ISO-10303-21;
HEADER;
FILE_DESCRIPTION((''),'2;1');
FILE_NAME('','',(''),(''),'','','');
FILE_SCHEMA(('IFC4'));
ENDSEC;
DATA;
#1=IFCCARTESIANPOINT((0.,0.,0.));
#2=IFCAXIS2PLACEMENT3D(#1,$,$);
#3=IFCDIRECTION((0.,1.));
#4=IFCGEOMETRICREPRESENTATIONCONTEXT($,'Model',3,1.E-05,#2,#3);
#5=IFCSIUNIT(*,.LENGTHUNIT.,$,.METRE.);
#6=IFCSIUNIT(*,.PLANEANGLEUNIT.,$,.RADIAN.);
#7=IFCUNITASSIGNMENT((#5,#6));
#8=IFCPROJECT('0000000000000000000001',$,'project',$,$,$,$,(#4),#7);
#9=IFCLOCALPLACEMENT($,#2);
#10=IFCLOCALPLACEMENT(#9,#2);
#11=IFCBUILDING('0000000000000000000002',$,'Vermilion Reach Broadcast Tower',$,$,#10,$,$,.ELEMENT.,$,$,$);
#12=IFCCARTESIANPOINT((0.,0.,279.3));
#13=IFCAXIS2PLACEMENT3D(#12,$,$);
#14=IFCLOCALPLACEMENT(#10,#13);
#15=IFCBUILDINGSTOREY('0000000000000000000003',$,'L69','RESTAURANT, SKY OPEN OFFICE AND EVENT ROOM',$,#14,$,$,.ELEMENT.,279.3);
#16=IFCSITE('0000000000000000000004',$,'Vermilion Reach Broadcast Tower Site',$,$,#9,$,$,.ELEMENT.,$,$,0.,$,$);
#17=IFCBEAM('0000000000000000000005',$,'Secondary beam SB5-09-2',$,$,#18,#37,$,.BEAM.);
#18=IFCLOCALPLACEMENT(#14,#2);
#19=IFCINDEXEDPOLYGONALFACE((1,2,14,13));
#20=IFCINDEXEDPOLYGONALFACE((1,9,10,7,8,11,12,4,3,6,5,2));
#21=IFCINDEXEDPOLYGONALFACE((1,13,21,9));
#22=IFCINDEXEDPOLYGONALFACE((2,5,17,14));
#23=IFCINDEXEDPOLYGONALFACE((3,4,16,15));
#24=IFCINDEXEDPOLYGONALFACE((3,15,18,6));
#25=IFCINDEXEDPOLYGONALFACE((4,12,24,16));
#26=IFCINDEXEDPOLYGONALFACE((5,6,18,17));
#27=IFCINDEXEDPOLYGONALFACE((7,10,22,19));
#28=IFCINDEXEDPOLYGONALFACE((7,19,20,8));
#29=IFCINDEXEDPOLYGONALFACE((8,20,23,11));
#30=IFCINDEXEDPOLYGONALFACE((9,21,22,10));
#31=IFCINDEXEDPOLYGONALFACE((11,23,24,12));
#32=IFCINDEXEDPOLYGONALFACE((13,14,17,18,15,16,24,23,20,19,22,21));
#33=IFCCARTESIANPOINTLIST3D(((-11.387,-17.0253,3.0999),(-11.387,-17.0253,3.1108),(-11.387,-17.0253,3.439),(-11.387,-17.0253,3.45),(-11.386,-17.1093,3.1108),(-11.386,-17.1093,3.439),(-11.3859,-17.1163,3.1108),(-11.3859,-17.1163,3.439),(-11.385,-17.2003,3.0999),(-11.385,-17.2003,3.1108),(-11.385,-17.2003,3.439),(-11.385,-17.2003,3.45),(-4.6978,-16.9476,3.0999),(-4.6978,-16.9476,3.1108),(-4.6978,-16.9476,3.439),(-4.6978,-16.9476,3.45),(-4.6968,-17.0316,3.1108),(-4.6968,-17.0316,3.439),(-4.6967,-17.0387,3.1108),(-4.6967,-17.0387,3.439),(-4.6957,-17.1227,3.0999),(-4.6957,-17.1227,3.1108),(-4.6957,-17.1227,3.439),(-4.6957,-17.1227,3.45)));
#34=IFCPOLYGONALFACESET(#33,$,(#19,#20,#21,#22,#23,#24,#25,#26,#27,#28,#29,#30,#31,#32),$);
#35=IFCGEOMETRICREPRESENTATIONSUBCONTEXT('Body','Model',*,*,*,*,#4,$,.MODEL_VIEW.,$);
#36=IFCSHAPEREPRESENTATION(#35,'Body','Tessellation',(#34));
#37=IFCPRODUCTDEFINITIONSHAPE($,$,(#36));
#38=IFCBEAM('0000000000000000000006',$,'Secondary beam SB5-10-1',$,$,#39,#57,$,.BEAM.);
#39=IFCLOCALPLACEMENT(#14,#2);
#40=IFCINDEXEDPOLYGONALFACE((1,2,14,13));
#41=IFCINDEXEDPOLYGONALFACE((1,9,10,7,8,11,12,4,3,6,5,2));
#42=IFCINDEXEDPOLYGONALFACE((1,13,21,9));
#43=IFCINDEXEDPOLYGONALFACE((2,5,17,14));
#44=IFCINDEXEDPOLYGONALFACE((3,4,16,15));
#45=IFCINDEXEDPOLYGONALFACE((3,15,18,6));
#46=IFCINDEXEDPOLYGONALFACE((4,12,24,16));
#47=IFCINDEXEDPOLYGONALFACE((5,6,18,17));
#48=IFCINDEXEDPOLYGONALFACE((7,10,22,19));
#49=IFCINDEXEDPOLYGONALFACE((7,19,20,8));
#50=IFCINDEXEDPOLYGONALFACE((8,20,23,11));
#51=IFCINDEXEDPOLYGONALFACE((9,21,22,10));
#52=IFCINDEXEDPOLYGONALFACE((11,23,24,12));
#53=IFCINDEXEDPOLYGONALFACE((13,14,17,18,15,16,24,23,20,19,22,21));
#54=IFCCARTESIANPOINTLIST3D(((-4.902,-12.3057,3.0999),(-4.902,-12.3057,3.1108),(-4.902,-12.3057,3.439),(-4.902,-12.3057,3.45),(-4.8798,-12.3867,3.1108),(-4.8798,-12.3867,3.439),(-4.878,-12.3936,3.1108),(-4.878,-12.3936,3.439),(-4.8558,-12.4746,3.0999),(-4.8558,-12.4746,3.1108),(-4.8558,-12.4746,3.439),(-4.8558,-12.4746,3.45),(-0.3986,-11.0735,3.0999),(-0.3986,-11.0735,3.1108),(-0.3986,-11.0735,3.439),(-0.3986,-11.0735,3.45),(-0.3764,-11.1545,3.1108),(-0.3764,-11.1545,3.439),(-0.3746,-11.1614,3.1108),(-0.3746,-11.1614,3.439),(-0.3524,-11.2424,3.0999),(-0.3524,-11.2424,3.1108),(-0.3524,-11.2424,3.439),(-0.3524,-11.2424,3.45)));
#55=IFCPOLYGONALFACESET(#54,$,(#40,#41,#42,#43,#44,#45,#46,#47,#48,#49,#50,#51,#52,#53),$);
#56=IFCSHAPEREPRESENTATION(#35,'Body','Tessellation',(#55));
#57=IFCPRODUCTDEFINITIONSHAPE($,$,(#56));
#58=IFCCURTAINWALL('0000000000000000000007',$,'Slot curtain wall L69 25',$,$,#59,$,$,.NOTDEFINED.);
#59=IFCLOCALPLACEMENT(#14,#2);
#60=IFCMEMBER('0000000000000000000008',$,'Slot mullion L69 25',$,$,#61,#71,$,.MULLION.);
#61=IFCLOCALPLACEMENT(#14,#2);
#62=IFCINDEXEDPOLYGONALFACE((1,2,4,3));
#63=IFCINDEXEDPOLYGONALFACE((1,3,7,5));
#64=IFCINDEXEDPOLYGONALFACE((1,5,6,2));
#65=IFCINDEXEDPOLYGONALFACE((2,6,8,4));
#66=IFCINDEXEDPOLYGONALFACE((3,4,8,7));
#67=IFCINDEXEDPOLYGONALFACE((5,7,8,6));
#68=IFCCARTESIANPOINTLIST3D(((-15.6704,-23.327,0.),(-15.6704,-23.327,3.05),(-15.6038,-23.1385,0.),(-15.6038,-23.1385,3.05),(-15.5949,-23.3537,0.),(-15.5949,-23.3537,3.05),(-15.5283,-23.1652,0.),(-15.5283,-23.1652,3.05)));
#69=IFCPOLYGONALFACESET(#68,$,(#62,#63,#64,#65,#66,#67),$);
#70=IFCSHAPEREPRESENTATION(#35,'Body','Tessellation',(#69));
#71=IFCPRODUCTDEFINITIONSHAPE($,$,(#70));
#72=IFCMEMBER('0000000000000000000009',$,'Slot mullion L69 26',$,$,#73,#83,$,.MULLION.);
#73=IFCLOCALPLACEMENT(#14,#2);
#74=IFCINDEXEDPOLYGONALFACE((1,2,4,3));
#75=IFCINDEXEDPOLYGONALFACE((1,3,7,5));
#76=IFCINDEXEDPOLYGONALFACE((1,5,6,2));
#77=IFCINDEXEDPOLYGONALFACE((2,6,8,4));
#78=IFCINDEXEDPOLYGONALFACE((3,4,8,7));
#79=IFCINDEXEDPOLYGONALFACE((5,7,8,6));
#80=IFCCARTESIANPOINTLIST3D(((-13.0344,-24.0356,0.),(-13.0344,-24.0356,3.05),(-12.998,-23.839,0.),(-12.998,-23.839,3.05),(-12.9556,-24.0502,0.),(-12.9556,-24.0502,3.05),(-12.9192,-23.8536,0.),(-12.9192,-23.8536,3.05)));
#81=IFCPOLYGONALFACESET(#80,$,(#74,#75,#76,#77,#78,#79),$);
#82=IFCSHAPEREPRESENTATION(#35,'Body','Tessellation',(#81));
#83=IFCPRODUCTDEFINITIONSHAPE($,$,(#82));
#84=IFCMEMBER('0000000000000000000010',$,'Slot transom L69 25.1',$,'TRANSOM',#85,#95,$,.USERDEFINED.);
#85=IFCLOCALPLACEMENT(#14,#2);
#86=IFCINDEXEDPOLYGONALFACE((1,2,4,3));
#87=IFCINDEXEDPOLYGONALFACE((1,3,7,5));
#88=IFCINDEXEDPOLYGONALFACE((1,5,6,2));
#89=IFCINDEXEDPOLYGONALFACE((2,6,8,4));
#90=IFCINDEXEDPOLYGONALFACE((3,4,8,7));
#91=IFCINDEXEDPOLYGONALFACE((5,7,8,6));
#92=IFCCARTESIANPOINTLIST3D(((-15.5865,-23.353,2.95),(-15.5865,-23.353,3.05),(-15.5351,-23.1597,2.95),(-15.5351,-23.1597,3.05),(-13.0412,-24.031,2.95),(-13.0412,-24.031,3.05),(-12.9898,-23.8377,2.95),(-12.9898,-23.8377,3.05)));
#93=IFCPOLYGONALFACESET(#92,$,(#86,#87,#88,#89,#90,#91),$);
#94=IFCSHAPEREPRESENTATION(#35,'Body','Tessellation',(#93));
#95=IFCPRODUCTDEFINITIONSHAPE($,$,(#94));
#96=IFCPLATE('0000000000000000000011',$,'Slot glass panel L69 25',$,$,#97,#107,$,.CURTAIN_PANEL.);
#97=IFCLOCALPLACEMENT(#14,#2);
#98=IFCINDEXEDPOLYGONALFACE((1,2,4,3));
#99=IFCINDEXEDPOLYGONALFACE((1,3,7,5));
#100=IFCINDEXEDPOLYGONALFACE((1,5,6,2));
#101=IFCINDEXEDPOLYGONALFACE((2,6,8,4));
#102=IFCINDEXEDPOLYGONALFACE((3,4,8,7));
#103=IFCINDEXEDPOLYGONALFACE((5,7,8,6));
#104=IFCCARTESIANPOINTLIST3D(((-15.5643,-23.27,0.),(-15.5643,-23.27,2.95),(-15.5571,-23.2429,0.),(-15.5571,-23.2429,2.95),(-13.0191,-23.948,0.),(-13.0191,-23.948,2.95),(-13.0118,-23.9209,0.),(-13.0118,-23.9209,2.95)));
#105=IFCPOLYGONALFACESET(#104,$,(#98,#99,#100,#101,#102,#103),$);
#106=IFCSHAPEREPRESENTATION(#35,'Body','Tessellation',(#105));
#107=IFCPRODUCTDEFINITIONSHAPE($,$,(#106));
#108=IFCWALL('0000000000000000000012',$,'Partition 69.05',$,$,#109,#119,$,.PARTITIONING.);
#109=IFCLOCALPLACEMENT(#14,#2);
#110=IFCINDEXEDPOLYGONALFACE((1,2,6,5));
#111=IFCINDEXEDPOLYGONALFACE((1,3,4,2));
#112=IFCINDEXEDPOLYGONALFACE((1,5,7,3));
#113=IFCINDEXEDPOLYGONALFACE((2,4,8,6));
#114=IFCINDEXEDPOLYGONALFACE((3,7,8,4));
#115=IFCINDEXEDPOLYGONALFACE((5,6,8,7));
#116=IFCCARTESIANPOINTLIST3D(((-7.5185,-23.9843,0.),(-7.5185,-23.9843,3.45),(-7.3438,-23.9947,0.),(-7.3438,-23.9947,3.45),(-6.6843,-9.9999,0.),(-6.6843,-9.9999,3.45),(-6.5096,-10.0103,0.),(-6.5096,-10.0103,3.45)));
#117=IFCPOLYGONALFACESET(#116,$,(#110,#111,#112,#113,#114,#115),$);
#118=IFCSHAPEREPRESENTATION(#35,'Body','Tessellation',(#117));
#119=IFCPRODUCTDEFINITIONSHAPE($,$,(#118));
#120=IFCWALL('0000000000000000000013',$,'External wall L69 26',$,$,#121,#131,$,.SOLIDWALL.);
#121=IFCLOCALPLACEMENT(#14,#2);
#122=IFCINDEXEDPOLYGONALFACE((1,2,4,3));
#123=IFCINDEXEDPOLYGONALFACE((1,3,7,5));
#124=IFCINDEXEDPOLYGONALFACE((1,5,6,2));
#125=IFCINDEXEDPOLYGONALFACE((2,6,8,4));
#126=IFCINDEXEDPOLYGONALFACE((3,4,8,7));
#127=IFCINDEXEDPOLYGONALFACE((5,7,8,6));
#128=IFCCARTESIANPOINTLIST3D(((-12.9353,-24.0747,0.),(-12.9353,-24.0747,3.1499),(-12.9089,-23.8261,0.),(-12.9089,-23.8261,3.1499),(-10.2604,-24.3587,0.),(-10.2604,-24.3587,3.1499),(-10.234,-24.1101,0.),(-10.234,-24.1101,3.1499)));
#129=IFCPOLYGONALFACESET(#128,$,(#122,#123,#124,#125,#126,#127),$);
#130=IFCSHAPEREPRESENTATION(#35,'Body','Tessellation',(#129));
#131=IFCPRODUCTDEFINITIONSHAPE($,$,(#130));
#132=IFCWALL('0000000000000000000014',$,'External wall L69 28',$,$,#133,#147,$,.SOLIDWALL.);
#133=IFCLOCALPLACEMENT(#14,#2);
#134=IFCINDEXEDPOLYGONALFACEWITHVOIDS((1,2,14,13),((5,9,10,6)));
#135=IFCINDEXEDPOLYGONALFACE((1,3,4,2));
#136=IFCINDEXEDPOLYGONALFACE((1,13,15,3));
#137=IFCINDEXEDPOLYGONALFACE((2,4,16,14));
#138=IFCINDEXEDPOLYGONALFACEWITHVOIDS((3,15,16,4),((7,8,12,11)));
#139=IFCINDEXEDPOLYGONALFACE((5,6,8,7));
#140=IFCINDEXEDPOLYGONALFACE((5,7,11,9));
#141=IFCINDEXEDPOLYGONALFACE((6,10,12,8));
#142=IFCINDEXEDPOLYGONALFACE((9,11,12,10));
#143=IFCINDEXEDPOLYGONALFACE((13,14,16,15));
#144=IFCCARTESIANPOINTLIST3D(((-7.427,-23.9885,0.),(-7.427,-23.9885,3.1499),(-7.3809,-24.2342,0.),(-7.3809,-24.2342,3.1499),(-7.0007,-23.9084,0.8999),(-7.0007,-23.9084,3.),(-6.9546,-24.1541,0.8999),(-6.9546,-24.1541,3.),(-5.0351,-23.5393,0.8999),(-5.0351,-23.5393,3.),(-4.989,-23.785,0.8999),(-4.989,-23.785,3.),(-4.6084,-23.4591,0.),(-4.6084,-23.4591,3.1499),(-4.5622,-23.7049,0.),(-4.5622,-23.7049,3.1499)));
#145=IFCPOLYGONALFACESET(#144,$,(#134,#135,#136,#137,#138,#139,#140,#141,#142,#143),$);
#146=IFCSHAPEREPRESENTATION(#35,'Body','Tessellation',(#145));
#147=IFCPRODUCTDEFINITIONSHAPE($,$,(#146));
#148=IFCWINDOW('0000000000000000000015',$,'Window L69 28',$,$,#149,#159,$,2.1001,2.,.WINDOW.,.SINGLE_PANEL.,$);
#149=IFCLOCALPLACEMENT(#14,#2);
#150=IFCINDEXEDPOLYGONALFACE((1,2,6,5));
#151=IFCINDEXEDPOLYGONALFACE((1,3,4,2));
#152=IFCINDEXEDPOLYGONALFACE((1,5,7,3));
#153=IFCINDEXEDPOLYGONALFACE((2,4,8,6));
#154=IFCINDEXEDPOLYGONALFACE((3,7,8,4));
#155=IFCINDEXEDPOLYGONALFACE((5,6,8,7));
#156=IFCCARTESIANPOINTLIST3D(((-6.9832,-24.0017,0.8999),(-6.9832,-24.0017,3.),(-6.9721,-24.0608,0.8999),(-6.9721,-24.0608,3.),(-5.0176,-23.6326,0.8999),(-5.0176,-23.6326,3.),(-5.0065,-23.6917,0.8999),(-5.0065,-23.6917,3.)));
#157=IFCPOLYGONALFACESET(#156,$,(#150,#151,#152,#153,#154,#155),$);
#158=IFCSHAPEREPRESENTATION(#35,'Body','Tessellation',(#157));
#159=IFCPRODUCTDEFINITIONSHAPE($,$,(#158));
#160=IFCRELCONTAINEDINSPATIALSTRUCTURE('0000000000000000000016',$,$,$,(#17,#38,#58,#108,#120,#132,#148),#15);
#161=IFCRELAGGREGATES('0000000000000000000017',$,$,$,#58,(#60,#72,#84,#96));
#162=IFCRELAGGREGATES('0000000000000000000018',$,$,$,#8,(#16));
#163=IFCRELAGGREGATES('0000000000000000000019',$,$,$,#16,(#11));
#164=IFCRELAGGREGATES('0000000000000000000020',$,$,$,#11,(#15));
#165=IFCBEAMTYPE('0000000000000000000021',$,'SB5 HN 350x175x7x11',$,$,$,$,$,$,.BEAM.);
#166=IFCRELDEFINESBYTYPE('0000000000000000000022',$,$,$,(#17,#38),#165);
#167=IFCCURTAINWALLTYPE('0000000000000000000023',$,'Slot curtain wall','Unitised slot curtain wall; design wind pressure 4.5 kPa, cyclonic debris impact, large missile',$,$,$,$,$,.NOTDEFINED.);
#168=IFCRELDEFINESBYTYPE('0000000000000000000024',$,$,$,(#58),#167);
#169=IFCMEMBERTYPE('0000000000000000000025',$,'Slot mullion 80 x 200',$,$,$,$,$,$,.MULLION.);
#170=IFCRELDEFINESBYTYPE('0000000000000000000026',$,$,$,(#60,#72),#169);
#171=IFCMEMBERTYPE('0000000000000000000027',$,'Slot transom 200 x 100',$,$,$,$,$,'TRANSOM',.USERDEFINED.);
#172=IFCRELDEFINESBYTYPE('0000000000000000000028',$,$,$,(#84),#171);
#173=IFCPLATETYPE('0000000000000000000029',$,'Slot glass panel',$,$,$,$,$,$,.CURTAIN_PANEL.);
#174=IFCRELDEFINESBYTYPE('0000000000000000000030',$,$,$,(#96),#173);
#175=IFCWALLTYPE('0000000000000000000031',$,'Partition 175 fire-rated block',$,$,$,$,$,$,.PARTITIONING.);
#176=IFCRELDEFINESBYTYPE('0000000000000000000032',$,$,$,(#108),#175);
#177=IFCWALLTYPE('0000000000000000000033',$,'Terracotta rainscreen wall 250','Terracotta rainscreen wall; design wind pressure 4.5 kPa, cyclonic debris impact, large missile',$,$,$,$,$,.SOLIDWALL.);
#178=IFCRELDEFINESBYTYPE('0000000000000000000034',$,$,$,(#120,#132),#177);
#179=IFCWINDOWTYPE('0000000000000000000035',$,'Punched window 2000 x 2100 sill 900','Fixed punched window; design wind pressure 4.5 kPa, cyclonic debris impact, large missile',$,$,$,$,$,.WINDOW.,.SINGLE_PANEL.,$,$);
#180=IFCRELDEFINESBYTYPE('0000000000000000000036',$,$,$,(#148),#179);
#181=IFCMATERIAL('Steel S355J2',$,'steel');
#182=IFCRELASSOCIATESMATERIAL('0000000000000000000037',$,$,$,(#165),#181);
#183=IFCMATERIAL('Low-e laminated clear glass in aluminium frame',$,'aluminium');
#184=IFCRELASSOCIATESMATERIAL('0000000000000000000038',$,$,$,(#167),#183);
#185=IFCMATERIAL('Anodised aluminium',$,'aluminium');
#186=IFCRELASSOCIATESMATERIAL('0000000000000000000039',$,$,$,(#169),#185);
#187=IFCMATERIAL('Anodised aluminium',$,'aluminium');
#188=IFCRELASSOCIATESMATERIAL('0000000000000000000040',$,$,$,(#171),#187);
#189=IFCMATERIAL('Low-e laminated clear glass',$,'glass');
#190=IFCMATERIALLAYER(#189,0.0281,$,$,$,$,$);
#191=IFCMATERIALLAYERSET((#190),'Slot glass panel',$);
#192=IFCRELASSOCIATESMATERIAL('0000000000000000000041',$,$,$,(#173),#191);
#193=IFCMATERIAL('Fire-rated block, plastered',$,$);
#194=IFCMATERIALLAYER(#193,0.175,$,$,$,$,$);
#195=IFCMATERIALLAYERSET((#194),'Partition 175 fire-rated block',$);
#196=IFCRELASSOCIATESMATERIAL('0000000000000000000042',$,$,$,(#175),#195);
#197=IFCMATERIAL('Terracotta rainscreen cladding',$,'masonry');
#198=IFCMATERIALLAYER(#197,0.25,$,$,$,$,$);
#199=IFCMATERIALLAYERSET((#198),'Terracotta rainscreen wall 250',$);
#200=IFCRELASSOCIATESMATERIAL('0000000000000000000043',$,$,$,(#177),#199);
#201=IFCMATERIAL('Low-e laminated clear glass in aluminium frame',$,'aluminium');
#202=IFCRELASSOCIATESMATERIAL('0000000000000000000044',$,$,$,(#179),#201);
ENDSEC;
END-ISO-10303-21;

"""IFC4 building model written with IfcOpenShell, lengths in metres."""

from ifc_helpers import new_model, si_unit, direction, frame, frame_2d, origin, origin_2d, place, context, subcontext, project, spatial, rectangle, i_section, extrude, material, layer, layer_set, material_profile, profile_set, type_object, element, fill, aggregate, save


model = new_model("IFC4")

# Units and contexts
model_context = context("Model", 3, precision=1e-05, world=origin(), true_north=direction((0.0, 1.0)))
body_context = subcontext(model_context, "Body", "Model", "MODEL_VIEW")
ifc_project = project(units=[si_unit("LENGTHUNIT", "METRE"), si_unit("PLANEANGLEUNIT", "RADIAN")], contexts=[model_context])

# Site, building, storey
site_placement = place(None, origin())
site = spatial("IfcSite", under=ifc_project, at=site_placement, Name="Vermilion Reach Broadcast Tower Site", CompositionType="ELEMENT", RefElevation=0.0)
building_placement = place(site_placement, origin())
building = spatial("IfcBuilding", under=site, at=building_placement, Name="Vermilion Reach Broadcast Tower", CompositionType="ELEMENT")
storey_placement = place(building_placement, frame((0.0, 0.0, 279.3)))
storey = spatial("IfcBuildingStorey", under=building, at=storey_placement, Name="L69", Description="RESTAURANT, SKY OPEN OFFICE AND EVENT ROOM", CompositionType="ELEMENT", Elevation=279.3)

# Beams
ifc_material_1 = material(Name="Steel S355J2", Category="steel")
ifc_material_profile_1 = material_profile(ifc_material_1, i_section(OverallWidth=0.175, OverallDepth=0.3501, WebThickness=0.0071, FlangeThickness=0.011, at=origin_2d()), Name="S355J2 HN 350x175x7x11")
ifc_profile_set_1 = profile_set([ifc_material_profile_1], Name="Steel S355J2")
beam_type_1 = type_object("IfcBeamType", Name="SB5 HN 350x175x7x11", PredefinedType="BEAM", material=ifc_profile_set_1)
beam_1_placement = place(storey_placement, frame((-11.386, -17.1128, 3.2749), z_axis=(0.999933, 0.011605, 0.0), x_axis=(-0.011605, 0.999933, 0.0)))
element("IfcBeam", 1, at=beam_1_placement, inside=storey, type_object=beam_type_1, Name="Secondary beam SB5-09-2", PredefinedType="BEAM", context=body_context, shape_type="SweptSolid", body=[
    extrude(i_section(OverallWidth=0.175, OverallDepth=0.3501, WebThickness=0.0071, FlangeThickness=0.011, at=origin_2d()), origin(), (0.0, 0.0, 1.0), 6.6897),
])
beam_2_placement = place(storey_placement, frame((-4.8789, -12.3901, 3.2749), z_axis=(0.964547, 0.263909, 0.0), x_axis=(-0.263909, 0.964547, 0.0)))
element("IfcBeam", 2, at=beam_2_placement, inside=storey, type_object=beam_type_1, Name="Secondary beam SB5-10-1", PredefinedType="BEAM", context=body_context, shape_type="SweptSolid", body=[
    extrude(i_section(OverallWidth=0.175, OverallDepth=0.3501, WebThickness=0.0071, FlangeThickness=0.011, at=origin_2d()), origin(), (0.0, 0.0, 1.0), 4.6689),
])

# Curtain wall, members, plate
ifc_material_2 = material(Name="Low-e laminated clear glass in aluminium frame", Category="aluminium")
curtain_wall_type = type_object("IfcCurtainWallType", Name="Slot curtain wall", Description="Unitised slot curtain wall; design wind pressure 4.5 kPa, cyclonic debris impact, large missile", PredefinedType="NOTDEFINED", material=ifc_material_2)
curtain_wall_placement = place(storey_placement, origin())
curtain_wall = element("IfcCurtainWall", 3, at=curtain_wall_placement, inside=storey, type_object=curtain_wall_type, Name="Slot curtain wall L69 25", PredefinedType="NOTDEFINED")
ifc_material_3 = material(Name="Anodised aluminium", Category="aluminium")
ifc_material_profile_2 = material_profile(ifc_material_3, rectangle(XDim=0.2, YDim=0.0801, at=origin_2d()), Name="Slot mullion 80 x 200")
ifc_profile_set_2 = profile_set([ifc_material_profile_2], Name="Anodised aluminium")
member_type_1 = type_object("IfcMemberType", Name="Slot mullion 80 x 200", PredefinedType="MULLION", material=ifc_profile_set_2)
member_1_placement = place(storey_placement, frame((-15.5994, -23.2461, 0.0), z_axis=(0.0, 0.0, 1.0), x_axis=(0.333002, 0.942926, 0.0)))
member_1 = element("IfcMember", 4, at=member_1_placement, type_object=member_type_1, Name="Slot mullion L69 25", PredefinedType="MULLION", context=body_context, shape_type="SweptSolid", body=[
    extrude(rectangle(XDim=0.2, YDim=0.0801, at=origin_2d()), origin(), (0.0, 0.0, 1.0), 3.05),
])
member_2_placement = place(storey_placement, frame((-12.9768, -23.9446, 0.0), z_axis=(0.0, 0.0, 1.0), x_axis=(0.182004, 0.983298, 0.0)))
member_2 = element("IfcMember", 5, at=member_2_placement, type_object=member_type_1, Name="Slot mullion L69 26", PredefinedType="MULLION", context=body_context, shape_type="SweptSolid", body=[
    extrude(rectangle(XDim=0.2, YDim=0.0801, at=origin_2d()), origin(), (0.0, 0.0, 1.0), 3.05),
])
ifc_material_4 = material(Name="Anodised aluminium", Category="aluminium")
ifc_material_profile_3 = material_profile(ifc_material_4, rectangle(XDim=0.2, YDim=0.1001, at=origin_2d()), Name="Slot transom 200 x 100")
ifc_profile_set_3 = profile_set([ifc_material_profile_3], Name="Anodised aluminium")
member_type_2 = type_object("IfcMemberType", Name="Slot transom 200 x 100", ElementType="TRANSOM", PredefinedType="USERDEFINED", material=ifc_profile_set_3)
member_3_placement = place(storey_placement, frame((-15.5608, -23.2563, 3.0), z_axis=(0.966304, -0.257403, 0.0), x_axis=(0.257403, 0.966304, 0.0)))
member_3 = element("IfcMember", 6, at=member_3_placement, type_object=member_type_2, Name="Slot transom L69 25.1", ObjectType="TRANSOM", PredefinedType="USERDEFINED", context=body_context, shape_type="SweptSolid", body=[
    extrude(rectangle(XDim=0.2, YDim=0.1001, at=origin_2d()), origin(), (0.0, 0.0, 1.0), 2.634),
])
ifc_material_5 = material(Name="Low-e laminated clear glass", Category="glass")
ifc_layer_1 = layer(ifc_material_5, 0.0281)
ifc_layer_set_1 = layer_set([ifc_layer_1], Name="Slot glass panel")
plate_type = type_object("IfcPlateType", Name="Slot glass panel", PredefinedType="CURTAIN_PANEL", material=ifc_layer_set_1)
plate_placement = place(storey_placement, frame((-14.2881, -23.5955, 0.0), z_axis=(0.0, 0.0, 1.0), x_axis=(0.966307, -0.257393, 0.0)))
plate = element("IfcPlate", 7, at=plate_placement, type_object=plate_type, Name="Slot glass panel L69 25", PredefinedType="CURTAIN_PANEL", context=body_context, shape_type="SweptSolid", body=[
    extrude(rectangle(XDim=2.634, YDim=0.0281, at=origin_2d()), origin(), (0.0, 0.0, 1.0), 2.95),
])
aggregate(curtain_wall, [member_1, member_2, member_3, plate])

# Walls
ifc_material_6 = material(Name="Fire-rated block, plastered")
ifc_layer_2 = layer(ifc_material_6, 0.175)
ifc_layer_set_2 = layer_set([ifc_layer_2], Name="Partition 175 fire-rated block")
wall_type_1 = type_object("IfcWallType", Name="Partition 175 fire-rated block", PredefinedType="PARTITIONING", material=ifc_layer_set_2)
wall_1_placement = place(storey_placement, frame((-7.4312, -23.9895, 0.0), z_axis=(0.0, 0.0, 1.0), x_axis=(0.059548, 0.998225, 0.0)))
element("IfcWall", 8, at=wall_1_placement, inside=storey, type_object=wall_type_1, Name="Partition 69.05", PredefinedType="PARTITIONING", context=body_context, shape_type="SweptSolid", body=[
    extrude(rectangle(XDim=14.0093, YDim=0.175, at=frame_2d((7.0046, 0.0))), origin(), (0.0, 0.0, 1.0), 3.45),
])
ifc_material_7 = material(Name="Terracotta rainscreen cladding", Category="masonry")
ifc_layer_3 = layer(ifc_material_7, 0.25)
ifc_layer_set_3 = layer_set([ifc_layer_3], Name="Terracotta rainscreen wall 250")
wall_type_2 = type_object("IfcWallType", Name="Terracotta rainscreen wall 250", Description="Terracotta rainscreen wall; design wind pressure 4.5 kPa, cyclonic debris impact, large missile", PredefinedType="SOLIDWALL", material=ifc_layer_set_3)
wall_2_placement = place(storey_placement, frame((-12.9221, -23.9504, 0.0), z_axis=(0.0, 0.0, 1.0), x_axis=(0.994413, -0.105559, 0.0)))
element("IfcWall", 9, at=wall_2_placement, inside=storey, type_object=wall_type_2, Name="External wall L69 26", PredefinedType="SOLIDWALL", context=body_context, shape_type="SweptSolid", body=[
    extrude(rectangle(XDim=2.6899, YDim=0.25, at=frame_2d((1.345, 0.0))), origin(), (0.0, 0.0, 1.0), 3.1499),
])

# Wall, opening, window
wall_3_placement = place(storey_placement, frame((-7.4041, -24.1113, 0.0), z_axis=(0.0, 0.0, 1.0), x_axis=(0.982821, 0.184561, 0.0)))
wall_3 = element("IfcWall", 10, at=wall_3_placement, inside=storey, type_object=wall_type_2, Name="External wall L69 28", PredefinedType="SOLIDWALL", context=body_context, shape_type="SweptSolid", body=[
    extrude(rectangle(XDim=2.8679, YDim=0.25, at=frame_2d((1.4341, 0.0))), origin(), (0.0, 0.0, 1.0), 3.1499),
])
opening_1_placement = place(wall_3_placement, frame((0.4338, 0.0, 0.8999)))
opening_1 = element("IfcOpeningElement", 11, at=opening_1_placement, cuts=wall_3, PredefinedType="OPENING", context=body_context, shape_type="SweptSolid", body=[
    extrude(rectangle(XDim=2.0, YDim=2.1001, at=frame_2d((1.0, 1.05))), frame((0.0, 0.135, 0.0), z_axis=(0.0, -1.0, 0.0), x_axis=(1.0, 0.0, 0.0)), (0.0, 0.0, 1.0), 0.27),
])
ifc_material_8 = material(Name="Low-e laminated clear glass in aluminium frame", Category="aluminium")
window_type = type_object("IfcWindowType", Name="Punched window 2000 x 2100 sill 900", Description="Fixed punched window; design wind pressure 4.5 kPa, cyclonic debris impact, large missile", PartitioningType="SINGLE_PANEL", PredefinedType="WINDOW", material=ifc_material_8)
window_1_placement = place(opening_1_placement, origin())
window_1 = element("IfcWindow", 12, at=window_1_placement, inside=storey, type_object=window_type, Name="Window L69 28", OverallHeight=2.1001, OverallWidth=2.0, PartitioningType="SINGLE_PANEL", PredefinedType="WINDOW", context=body_context, shape_type="SweptSolid", body=[
    extrude(rectangle(XDim=2.0, YDim=2.1001, at=frame_2d((1.0, 1.05))), frame((0.0, 0.03, 0.0), z_axis=(0.0, -1.0, 0.0), x_axis=(1.0, 0.0, 0.0)), (0.0, 0.0, 1.0), 0.0601),
])
fill(opening_1, window_1)

save(model, "model.ifc")
